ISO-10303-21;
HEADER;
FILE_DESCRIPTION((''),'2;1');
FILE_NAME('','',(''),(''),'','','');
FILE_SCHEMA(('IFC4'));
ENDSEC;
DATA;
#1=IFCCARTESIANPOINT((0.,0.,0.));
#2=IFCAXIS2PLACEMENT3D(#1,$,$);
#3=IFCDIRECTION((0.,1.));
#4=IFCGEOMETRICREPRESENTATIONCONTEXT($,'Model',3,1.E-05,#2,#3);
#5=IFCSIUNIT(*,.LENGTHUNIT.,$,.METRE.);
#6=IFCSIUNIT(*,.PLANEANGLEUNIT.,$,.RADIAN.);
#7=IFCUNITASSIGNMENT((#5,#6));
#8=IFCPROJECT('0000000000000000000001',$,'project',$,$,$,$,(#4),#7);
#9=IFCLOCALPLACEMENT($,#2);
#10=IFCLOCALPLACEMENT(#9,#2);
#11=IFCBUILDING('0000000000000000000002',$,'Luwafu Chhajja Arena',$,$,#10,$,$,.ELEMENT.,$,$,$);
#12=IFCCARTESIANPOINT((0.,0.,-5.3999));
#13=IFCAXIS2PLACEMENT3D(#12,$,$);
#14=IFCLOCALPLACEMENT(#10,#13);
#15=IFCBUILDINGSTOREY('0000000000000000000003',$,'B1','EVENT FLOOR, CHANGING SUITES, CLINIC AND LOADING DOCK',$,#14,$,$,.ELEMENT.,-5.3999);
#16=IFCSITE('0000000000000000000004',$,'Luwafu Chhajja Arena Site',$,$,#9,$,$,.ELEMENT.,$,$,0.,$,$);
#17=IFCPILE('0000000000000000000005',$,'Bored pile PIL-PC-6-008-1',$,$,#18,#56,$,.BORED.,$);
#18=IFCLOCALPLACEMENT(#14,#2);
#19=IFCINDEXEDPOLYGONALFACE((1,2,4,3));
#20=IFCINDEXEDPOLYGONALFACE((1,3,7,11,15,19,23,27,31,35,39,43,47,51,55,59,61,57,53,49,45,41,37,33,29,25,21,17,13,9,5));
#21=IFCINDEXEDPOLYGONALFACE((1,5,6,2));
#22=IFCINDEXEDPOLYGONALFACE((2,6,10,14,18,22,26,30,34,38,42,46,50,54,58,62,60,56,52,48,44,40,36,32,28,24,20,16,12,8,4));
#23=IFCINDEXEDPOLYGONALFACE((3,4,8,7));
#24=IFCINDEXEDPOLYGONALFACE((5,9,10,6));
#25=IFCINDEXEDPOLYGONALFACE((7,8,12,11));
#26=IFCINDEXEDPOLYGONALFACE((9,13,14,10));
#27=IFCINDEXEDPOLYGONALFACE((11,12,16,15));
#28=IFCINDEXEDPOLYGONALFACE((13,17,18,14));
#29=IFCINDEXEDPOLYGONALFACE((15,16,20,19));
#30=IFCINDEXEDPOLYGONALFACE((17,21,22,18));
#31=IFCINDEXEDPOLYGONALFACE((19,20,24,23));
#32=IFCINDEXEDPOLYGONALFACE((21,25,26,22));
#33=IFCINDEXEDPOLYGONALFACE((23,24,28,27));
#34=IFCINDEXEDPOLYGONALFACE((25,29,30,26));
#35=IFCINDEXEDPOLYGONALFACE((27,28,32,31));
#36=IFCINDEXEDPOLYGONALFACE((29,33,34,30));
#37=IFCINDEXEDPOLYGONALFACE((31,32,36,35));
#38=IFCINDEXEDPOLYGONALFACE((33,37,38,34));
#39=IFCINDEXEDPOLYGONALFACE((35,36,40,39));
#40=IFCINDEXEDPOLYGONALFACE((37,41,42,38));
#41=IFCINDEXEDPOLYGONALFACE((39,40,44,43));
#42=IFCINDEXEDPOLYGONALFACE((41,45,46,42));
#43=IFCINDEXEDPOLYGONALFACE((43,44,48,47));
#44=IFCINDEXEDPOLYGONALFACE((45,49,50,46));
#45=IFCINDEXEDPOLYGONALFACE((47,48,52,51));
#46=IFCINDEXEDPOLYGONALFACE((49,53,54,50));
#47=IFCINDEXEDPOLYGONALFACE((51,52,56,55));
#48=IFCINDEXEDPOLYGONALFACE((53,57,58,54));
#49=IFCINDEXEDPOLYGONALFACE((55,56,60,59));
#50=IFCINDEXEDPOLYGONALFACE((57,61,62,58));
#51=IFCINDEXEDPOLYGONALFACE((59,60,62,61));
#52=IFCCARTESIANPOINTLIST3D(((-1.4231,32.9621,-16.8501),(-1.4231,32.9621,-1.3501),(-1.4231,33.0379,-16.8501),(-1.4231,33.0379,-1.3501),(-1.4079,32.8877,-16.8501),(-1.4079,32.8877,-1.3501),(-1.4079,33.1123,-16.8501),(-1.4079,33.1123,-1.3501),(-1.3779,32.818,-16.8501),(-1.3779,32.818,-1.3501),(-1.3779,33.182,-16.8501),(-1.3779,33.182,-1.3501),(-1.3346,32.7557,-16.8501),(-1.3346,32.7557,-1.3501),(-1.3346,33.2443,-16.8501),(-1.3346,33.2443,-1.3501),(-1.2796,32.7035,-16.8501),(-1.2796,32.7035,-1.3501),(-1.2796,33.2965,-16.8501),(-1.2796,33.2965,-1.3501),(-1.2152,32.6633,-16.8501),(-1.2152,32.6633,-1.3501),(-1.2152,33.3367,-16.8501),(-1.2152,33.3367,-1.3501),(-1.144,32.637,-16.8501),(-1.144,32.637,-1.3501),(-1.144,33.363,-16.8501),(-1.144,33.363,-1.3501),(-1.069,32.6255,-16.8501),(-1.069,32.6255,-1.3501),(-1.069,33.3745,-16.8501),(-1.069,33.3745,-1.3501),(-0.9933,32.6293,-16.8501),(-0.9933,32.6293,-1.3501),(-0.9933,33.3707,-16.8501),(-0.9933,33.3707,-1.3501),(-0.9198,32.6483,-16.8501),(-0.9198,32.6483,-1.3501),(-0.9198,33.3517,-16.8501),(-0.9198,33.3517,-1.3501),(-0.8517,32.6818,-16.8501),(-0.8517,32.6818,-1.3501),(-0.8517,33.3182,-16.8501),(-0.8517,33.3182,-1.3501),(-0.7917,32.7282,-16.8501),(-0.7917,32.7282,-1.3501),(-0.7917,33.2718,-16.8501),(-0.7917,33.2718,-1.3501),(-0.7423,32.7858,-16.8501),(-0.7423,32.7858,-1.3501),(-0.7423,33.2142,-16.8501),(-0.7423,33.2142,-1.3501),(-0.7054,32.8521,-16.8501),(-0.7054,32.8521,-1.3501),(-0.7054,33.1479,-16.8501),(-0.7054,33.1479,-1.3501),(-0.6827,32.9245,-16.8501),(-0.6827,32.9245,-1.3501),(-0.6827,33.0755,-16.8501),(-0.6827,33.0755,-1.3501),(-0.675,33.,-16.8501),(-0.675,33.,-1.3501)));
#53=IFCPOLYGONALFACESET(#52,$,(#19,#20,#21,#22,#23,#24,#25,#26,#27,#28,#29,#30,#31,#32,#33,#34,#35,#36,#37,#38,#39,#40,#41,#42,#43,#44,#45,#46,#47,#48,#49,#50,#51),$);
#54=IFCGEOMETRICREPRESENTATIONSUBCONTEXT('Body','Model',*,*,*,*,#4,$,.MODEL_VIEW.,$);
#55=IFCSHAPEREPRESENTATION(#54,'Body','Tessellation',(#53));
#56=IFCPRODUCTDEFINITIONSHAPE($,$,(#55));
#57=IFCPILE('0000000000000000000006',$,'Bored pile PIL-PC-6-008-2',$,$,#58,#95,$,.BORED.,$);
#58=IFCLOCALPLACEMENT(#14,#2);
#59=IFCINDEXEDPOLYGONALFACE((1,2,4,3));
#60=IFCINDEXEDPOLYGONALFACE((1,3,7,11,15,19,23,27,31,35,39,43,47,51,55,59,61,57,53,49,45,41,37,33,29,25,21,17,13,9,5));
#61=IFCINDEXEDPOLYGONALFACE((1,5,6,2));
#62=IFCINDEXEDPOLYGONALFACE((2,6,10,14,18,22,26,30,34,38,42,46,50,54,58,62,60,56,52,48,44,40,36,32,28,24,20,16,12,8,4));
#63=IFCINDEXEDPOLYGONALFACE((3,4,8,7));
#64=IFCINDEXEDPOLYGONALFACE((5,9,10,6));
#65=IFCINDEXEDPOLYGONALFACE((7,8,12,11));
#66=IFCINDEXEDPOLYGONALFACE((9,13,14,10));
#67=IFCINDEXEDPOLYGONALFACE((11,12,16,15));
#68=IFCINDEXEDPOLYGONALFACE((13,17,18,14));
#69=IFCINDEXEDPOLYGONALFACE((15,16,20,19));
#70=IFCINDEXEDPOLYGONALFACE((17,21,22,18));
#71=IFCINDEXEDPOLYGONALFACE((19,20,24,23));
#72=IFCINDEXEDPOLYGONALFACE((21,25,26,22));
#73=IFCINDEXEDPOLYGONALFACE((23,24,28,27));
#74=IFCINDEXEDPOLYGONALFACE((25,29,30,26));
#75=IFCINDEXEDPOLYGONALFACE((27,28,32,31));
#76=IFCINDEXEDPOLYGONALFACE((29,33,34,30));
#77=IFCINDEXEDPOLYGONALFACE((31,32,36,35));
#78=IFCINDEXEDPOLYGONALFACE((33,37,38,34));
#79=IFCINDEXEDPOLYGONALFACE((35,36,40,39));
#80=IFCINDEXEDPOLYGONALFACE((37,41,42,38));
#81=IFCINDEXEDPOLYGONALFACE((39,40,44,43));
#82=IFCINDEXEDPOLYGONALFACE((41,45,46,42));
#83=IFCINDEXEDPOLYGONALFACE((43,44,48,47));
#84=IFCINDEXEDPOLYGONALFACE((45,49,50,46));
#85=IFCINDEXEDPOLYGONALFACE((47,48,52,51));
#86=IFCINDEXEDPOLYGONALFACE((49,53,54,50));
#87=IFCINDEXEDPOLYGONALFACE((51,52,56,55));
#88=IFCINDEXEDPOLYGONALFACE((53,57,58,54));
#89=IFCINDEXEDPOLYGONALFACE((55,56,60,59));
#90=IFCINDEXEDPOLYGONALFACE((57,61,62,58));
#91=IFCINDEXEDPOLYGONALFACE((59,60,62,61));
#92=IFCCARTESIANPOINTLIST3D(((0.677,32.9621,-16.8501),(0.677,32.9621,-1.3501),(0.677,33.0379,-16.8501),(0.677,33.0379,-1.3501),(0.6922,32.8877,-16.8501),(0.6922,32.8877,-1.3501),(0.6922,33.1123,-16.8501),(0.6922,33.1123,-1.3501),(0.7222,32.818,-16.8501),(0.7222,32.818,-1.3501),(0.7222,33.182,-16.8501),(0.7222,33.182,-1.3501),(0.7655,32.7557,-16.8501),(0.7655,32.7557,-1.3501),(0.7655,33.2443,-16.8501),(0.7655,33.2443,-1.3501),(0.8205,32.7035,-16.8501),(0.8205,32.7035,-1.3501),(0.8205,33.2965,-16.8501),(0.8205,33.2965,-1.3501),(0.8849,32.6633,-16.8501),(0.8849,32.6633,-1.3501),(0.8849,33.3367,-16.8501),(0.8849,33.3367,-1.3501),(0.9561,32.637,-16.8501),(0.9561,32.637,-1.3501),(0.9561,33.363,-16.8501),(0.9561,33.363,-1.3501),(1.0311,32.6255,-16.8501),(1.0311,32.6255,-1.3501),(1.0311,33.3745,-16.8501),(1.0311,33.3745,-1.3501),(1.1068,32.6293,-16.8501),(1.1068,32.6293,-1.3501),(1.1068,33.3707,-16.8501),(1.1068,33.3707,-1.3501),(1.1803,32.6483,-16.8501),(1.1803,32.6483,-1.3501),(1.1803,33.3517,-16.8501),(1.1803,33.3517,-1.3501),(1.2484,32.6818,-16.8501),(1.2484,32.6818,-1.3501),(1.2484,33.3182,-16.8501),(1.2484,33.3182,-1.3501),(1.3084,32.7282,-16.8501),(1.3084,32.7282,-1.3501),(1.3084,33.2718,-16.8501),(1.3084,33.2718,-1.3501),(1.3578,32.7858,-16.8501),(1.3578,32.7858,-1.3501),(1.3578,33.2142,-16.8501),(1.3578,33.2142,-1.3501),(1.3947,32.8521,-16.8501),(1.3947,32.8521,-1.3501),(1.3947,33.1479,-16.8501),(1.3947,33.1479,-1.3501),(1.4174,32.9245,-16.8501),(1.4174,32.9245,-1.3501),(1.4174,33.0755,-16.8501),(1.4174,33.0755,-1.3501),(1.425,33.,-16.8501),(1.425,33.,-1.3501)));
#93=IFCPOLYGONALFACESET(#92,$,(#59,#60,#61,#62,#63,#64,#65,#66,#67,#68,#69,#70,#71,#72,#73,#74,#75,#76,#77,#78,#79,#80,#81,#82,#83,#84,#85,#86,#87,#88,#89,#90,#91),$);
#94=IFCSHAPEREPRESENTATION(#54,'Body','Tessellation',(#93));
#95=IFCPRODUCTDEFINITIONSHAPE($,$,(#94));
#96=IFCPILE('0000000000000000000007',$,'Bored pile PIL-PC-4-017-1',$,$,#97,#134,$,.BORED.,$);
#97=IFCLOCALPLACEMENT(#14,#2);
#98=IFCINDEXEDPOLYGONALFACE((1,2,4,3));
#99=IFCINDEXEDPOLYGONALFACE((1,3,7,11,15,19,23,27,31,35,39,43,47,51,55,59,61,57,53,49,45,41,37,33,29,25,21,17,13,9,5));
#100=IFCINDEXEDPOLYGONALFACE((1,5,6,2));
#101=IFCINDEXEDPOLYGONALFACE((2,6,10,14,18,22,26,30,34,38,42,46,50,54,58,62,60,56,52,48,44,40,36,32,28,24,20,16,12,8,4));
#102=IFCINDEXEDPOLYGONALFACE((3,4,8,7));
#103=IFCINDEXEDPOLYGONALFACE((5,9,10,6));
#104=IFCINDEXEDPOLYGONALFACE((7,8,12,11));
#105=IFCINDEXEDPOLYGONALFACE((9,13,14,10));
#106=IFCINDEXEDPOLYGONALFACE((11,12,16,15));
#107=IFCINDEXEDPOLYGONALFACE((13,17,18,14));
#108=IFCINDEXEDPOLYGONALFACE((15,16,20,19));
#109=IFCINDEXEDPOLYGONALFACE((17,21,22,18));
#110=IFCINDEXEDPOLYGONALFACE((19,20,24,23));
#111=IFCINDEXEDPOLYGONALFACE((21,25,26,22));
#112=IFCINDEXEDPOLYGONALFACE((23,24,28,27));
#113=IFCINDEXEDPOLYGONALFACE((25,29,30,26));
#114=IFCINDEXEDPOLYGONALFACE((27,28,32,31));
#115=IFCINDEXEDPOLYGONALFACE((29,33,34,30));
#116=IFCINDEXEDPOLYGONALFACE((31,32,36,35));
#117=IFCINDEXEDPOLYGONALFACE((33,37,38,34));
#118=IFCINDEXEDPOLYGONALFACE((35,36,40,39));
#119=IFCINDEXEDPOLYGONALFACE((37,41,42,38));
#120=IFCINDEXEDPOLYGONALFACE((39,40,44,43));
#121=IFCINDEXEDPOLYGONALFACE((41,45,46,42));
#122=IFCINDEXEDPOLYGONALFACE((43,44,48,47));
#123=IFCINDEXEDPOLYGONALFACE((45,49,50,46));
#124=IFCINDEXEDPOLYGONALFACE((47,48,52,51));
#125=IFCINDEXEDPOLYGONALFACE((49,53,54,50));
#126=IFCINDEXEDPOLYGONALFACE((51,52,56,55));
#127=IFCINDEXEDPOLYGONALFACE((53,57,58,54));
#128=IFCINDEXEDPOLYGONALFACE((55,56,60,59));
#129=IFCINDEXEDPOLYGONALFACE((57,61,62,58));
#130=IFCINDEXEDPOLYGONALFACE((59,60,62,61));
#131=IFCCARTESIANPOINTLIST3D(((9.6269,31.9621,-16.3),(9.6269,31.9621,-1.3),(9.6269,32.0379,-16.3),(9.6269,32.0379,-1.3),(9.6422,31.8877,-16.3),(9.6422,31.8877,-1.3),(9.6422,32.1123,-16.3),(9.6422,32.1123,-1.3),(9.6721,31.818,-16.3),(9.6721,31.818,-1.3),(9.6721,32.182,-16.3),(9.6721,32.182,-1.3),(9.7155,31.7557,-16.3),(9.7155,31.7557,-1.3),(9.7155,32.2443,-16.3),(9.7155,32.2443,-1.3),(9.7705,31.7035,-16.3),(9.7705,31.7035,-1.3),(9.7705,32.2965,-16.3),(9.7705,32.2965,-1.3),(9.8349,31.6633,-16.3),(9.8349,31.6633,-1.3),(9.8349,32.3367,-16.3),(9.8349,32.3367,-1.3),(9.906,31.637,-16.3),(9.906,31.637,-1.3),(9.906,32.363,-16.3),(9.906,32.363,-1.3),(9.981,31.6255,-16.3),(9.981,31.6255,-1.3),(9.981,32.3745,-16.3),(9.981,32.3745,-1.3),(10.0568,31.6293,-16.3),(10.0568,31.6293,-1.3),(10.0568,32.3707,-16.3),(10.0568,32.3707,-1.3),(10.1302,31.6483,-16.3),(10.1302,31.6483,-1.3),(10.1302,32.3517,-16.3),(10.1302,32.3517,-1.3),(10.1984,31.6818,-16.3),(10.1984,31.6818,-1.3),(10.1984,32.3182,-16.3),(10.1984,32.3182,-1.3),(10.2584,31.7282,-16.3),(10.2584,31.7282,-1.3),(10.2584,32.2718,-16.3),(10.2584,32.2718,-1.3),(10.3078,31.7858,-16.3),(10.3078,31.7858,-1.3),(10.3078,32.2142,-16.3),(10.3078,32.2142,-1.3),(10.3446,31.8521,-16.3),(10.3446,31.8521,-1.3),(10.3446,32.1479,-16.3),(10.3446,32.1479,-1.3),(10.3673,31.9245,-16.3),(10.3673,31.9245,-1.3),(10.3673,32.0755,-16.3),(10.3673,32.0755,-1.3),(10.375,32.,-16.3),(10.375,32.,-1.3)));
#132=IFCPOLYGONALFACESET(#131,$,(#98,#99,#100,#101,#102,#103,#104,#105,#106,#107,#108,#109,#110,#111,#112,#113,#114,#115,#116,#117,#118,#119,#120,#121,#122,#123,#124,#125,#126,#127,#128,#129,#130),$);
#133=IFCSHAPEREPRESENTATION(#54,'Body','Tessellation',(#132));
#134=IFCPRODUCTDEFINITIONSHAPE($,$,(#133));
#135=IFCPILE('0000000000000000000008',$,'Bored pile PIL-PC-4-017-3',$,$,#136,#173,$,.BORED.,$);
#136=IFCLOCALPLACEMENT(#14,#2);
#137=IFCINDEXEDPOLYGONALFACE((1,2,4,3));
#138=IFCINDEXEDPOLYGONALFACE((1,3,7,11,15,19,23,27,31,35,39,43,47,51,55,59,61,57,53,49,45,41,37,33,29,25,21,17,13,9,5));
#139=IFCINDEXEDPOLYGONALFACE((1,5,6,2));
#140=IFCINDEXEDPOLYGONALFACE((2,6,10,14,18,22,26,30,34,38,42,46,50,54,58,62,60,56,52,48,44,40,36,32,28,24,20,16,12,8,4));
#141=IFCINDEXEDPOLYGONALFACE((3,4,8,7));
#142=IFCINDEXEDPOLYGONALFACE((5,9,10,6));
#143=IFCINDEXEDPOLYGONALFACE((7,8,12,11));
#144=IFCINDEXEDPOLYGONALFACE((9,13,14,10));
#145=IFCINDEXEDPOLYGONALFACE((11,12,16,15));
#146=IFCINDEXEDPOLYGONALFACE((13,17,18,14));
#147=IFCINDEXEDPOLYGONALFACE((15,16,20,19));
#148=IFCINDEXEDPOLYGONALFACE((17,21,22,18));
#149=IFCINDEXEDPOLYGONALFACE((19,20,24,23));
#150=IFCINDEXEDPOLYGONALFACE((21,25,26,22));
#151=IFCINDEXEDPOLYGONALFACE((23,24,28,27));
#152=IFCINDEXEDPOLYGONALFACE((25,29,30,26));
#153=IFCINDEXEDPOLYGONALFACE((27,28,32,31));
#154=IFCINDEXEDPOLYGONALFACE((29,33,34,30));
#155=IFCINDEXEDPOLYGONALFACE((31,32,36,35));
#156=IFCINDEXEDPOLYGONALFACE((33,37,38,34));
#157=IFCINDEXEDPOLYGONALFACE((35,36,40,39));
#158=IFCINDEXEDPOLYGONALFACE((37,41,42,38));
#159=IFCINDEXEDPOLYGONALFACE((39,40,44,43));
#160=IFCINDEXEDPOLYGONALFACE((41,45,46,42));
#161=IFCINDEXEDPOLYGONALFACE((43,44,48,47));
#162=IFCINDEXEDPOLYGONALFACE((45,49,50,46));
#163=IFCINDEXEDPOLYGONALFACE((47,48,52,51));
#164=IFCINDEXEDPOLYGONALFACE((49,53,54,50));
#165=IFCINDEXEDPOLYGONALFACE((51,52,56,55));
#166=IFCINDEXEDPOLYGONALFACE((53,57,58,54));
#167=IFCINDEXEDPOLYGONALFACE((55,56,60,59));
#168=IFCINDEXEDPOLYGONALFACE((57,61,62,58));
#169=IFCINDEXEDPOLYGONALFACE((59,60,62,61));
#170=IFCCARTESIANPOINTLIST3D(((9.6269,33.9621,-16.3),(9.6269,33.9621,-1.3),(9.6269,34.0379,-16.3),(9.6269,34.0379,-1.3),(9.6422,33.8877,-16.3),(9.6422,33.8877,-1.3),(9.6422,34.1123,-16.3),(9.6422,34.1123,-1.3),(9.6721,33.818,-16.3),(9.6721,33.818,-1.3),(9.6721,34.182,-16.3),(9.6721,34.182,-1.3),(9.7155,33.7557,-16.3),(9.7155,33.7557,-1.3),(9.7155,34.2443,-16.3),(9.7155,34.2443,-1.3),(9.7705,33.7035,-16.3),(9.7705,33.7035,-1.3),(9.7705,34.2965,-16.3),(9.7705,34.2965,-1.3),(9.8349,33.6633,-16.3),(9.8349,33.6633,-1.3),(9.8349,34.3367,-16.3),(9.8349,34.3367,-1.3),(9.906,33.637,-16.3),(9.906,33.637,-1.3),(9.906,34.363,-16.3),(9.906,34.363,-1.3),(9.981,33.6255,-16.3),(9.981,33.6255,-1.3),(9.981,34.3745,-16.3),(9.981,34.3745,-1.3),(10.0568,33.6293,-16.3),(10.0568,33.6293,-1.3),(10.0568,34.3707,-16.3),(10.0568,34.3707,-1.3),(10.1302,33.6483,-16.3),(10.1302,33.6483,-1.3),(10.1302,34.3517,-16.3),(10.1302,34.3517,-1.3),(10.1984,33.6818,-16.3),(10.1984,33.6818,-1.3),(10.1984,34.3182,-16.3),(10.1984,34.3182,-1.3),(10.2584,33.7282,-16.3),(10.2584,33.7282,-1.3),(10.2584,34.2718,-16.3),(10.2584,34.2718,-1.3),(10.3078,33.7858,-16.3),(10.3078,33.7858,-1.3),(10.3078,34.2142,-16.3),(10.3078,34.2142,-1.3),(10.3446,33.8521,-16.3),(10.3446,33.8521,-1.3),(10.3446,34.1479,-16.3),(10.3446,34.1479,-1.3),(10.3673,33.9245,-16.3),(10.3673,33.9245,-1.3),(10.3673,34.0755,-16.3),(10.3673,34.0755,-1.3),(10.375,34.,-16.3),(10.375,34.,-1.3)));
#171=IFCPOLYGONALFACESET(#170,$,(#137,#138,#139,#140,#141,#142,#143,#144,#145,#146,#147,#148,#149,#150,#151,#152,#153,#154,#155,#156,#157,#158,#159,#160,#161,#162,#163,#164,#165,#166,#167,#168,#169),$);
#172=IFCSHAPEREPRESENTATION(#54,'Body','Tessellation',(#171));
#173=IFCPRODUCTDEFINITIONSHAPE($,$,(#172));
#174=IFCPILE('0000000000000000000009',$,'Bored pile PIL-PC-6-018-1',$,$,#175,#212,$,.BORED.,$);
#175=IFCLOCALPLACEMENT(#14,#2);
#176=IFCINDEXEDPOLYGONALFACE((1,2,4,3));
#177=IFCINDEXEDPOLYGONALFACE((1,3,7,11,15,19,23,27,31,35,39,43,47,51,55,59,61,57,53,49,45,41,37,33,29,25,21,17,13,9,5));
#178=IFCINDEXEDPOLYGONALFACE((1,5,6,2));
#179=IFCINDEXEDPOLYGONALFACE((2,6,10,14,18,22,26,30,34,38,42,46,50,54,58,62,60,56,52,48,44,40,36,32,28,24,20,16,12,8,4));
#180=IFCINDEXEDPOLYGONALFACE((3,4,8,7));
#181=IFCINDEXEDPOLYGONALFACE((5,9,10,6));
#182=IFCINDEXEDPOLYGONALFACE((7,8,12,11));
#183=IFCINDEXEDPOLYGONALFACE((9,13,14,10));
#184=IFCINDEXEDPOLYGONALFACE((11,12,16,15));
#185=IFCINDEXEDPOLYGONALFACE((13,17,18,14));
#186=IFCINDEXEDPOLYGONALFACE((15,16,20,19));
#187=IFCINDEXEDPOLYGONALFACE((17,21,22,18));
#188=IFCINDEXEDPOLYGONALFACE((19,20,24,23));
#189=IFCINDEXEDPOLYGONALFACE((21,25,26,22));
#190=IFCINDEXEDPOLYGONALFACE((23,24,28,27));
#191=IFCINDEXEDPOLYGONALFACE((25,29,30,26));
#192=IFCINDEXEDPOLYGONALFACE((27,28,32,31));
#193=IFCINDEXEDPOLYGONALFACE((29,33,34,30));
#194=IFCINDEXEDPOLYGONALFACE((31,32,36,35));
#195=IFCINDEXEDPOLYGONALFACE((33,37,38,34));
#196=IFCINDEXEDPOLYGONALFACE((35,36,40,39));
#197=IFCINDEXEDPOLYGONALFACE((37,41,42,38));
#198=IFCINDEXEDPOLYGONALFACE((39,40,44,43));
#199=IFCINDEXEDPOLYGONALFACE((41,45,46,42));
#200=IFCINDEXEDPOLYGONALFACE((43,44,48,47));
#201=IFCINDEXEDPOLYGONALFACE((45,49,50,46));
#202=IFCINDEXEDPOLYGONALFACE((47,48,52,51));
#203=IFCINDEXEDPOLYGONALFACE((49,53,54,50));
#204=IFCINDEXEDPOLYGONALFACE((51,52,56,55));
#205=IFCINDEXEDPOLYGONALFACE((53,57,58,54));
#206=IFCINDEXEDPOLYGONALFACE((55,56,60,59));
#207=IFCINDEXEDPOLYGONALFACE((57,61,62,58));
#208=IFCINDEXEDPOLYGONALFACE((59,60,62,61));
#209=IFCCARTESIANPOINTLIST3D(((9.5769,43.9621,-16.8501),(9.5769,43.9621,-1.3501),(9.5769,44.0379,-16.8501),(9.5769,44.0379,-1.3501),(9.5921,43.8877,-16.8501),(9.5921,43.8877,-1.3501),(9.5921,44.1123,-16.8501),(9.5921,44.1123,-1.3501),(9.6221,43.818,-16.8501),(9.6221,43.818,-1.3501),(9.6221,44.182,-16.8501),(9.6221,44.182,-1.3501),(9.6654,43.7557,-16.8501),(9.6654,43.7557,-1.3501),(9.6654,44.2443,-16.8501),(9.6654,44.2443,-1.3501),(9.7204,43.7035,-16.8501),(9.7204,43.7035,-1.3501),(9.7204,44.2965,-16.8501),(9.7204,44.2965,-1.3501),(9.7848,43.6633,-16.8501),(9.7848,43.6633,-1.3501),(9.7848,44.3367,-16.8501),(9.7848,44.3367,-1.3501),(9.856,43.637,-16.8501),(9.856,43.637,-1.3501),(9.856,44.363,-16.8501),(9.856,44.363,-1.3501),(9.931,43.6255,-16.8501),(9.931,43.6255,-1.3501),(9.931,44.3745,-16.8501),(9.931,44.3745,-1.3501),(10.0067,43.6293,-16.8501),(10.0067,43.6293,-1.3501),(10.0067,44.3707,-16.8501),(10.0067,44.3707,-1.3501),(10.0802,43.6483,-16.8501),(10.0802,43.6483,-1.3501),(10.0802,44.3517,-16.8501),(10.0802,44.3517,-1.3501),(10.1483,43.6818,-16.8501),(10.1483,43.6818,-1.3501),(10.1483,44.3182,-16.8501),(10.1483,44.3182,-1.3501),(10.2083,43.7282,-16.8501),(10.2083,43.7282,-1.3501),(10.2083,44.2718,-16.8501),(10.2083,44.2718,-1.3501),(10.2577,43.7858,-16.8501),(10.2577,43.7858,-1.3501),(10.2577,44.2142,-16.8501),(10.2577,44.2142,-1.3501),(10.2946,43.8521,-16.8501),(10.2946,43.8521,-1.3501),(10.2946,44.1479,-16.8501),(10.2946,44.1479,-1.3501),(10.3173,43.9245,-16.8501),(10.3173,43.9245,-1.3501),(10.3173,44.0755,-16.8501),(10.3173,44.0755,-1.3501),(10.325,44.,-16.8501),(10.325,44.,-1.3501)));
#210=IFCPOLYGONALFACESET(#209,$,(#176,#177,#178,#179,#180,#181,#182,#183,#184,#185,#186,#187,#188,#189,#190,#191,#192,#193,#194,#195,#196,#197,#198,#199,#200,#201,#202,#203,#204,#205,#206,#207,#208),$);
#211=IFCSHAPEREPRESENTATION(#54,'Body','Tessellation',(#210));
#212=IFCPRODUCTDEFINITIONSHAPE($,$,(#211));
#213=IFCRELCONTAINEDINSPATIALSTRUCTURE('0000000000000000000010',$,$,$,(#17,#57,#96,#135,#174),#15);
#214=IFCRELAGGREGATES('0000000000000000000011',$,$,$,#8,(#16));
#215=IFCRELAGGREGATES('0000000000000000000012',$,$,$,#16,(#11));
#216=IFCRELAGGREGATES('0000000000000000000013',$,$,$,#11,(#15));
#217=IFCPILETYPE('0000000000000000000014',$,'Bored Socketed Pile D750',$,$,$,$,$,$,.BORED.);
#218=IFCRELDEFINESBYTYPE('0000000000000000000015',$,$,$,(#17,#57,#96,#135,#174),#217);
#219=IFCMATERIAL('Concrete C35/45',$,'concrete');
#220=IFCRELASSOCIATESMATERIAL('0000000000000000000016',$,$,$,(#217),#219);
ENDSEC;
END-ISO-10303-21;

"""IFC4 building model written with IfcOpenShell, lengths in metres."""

from ifc_helpers import new_model, si_unit, direction, frame, origin, origin_2d, place, context, subcontext, project, spatial, circle, extrude, material, material_profile, profile_set, type_object, element, save


model = new_model("IFC4")

# Units and contexts
model_context = context("Model", 3, precision=1e-05, world=origin(), true_north=direction((0.0, 1.0)))
body_context = subcontext(model_context, "Body", "Model", "MODEL_VIEW")
ifc_project = project(units=[si_unit("LENGTHUNIT", "METRE"), si_unit("PLANEANGLEUNIT", "RADIAN")], contexts=[model_context])

# Site, building, storey
site_placement = place(None, origin())
site = spatial("IfcSite", under=ifc_project, at=site_placement, Name="Luwafu Chhajja Arena Site", CompositionType="ELEMENT", RefElevation=0.0)
building_placement = place(site_placement, origin())
building = spatial("IfcBuilding", under=site, at=building_placement, Name="Luwafu Chhajja Arena", CompositionType="ELEMENT")
storey_placement = place(building_placement, frame((0.0, 0.0, -5.3999)))
storey = spatial("IfcBuildingStorey", under=building, at=storey_placement, Name="B1", Description="EVENT FLOOR, CHANGING SUITES, CLINIC AND LOADING DOCK", CompositionType="ELEMENT", Elevation=-5.3999)

# Piles
ifc_material_1 = material(Name="Concrete C35/45", Category="concrete")
ifc_material_profile_1 = material_profile(ifc_material_1, circle(Radius=0.375, at=origin_2d()), Name="PILE D750")
ifc_profile_set_1 = profile_set([ifc_material_profile_1], Name="Concrete C35/45")
pile_type_1 = type_object("IfcPileType", Name="Bored Socketed Pile D750", PredefinedType="BORED", material=ifc_profile_set_1)
for number, where, z_axis, x_axis, name in (
    (1, (-1.05, 33.0, -1.3501), (0.0, 0.0, -1.0), (1.0, 0.0, 0.0), "Bored pile PIL-PC-6-008-1"),
    (2, (1.05, 33.0, -1.3501), (0.0, 0.0, -1.0), (1.0, 0.0, 0.0), "Bored pile PIL-PC-6-008-2"),
):
    element("IfcPile", number, at=place(storey_placement, frame(where, z_axis=z_axis, x_axis=x_axis)), inside=storey, type_object=pile_type_1, Name=name, PredefinedType="BORED", context=body_context, shape_type="SweptSolid", body=[
        extrude(circle(Radius=0.375, at=origin_2d()), origin(), (0.0, 0.0, 1.0), 15.5),
    ])
for number, where, z_axis, x_axis, name in (
    (3, (10.0, 32.0, -1.3), (0.0, 0.0, -1.0), (1.0, 0.0, 0.0), "Bored pile PIL-PC-4-017-1"),
    (4, (10.0, 34.0, -1.3), (0.0, 0.0, -1.0), (1.0, 0.0, 0.0), "Bored pile PIL-PC-4-017-3"),
):
    element("IfcPile", number, at=place(storey_placement, frame(where, z_axis=z_axis, x_axis=x_axis)), inside=storey, type_object=pile_type_1, Name=name, PredefinedType="BORED", context=body_context, shape_type="SweptSolid", body=[
        extrude(circle(Radius=0.375, at=origin_2d()), origin(), (0.0, 0.0, 1.0), 15.0),
    ])
pile_placement = place(storey_placement, frame((9.95, 44.0, -1.3501), z_axis=(0.0, 0.0, -1.0), x_axis=(1.0, 0.0, 0.0)))
element("IfcPile", 5, at=pile_placement, inside=storey, type_object=pile_type_1, Name="Bored pile PIL-PC-6-018-1", PredefinedType="BORED", context=body_context, shape_type="SweptSolid", body=[
    extrude(circle(Radius=0.375, at=origin_2d()), origin(), (0.0, 0.0, 1.0), 15.5),
])

save(model, "model.ifc")
